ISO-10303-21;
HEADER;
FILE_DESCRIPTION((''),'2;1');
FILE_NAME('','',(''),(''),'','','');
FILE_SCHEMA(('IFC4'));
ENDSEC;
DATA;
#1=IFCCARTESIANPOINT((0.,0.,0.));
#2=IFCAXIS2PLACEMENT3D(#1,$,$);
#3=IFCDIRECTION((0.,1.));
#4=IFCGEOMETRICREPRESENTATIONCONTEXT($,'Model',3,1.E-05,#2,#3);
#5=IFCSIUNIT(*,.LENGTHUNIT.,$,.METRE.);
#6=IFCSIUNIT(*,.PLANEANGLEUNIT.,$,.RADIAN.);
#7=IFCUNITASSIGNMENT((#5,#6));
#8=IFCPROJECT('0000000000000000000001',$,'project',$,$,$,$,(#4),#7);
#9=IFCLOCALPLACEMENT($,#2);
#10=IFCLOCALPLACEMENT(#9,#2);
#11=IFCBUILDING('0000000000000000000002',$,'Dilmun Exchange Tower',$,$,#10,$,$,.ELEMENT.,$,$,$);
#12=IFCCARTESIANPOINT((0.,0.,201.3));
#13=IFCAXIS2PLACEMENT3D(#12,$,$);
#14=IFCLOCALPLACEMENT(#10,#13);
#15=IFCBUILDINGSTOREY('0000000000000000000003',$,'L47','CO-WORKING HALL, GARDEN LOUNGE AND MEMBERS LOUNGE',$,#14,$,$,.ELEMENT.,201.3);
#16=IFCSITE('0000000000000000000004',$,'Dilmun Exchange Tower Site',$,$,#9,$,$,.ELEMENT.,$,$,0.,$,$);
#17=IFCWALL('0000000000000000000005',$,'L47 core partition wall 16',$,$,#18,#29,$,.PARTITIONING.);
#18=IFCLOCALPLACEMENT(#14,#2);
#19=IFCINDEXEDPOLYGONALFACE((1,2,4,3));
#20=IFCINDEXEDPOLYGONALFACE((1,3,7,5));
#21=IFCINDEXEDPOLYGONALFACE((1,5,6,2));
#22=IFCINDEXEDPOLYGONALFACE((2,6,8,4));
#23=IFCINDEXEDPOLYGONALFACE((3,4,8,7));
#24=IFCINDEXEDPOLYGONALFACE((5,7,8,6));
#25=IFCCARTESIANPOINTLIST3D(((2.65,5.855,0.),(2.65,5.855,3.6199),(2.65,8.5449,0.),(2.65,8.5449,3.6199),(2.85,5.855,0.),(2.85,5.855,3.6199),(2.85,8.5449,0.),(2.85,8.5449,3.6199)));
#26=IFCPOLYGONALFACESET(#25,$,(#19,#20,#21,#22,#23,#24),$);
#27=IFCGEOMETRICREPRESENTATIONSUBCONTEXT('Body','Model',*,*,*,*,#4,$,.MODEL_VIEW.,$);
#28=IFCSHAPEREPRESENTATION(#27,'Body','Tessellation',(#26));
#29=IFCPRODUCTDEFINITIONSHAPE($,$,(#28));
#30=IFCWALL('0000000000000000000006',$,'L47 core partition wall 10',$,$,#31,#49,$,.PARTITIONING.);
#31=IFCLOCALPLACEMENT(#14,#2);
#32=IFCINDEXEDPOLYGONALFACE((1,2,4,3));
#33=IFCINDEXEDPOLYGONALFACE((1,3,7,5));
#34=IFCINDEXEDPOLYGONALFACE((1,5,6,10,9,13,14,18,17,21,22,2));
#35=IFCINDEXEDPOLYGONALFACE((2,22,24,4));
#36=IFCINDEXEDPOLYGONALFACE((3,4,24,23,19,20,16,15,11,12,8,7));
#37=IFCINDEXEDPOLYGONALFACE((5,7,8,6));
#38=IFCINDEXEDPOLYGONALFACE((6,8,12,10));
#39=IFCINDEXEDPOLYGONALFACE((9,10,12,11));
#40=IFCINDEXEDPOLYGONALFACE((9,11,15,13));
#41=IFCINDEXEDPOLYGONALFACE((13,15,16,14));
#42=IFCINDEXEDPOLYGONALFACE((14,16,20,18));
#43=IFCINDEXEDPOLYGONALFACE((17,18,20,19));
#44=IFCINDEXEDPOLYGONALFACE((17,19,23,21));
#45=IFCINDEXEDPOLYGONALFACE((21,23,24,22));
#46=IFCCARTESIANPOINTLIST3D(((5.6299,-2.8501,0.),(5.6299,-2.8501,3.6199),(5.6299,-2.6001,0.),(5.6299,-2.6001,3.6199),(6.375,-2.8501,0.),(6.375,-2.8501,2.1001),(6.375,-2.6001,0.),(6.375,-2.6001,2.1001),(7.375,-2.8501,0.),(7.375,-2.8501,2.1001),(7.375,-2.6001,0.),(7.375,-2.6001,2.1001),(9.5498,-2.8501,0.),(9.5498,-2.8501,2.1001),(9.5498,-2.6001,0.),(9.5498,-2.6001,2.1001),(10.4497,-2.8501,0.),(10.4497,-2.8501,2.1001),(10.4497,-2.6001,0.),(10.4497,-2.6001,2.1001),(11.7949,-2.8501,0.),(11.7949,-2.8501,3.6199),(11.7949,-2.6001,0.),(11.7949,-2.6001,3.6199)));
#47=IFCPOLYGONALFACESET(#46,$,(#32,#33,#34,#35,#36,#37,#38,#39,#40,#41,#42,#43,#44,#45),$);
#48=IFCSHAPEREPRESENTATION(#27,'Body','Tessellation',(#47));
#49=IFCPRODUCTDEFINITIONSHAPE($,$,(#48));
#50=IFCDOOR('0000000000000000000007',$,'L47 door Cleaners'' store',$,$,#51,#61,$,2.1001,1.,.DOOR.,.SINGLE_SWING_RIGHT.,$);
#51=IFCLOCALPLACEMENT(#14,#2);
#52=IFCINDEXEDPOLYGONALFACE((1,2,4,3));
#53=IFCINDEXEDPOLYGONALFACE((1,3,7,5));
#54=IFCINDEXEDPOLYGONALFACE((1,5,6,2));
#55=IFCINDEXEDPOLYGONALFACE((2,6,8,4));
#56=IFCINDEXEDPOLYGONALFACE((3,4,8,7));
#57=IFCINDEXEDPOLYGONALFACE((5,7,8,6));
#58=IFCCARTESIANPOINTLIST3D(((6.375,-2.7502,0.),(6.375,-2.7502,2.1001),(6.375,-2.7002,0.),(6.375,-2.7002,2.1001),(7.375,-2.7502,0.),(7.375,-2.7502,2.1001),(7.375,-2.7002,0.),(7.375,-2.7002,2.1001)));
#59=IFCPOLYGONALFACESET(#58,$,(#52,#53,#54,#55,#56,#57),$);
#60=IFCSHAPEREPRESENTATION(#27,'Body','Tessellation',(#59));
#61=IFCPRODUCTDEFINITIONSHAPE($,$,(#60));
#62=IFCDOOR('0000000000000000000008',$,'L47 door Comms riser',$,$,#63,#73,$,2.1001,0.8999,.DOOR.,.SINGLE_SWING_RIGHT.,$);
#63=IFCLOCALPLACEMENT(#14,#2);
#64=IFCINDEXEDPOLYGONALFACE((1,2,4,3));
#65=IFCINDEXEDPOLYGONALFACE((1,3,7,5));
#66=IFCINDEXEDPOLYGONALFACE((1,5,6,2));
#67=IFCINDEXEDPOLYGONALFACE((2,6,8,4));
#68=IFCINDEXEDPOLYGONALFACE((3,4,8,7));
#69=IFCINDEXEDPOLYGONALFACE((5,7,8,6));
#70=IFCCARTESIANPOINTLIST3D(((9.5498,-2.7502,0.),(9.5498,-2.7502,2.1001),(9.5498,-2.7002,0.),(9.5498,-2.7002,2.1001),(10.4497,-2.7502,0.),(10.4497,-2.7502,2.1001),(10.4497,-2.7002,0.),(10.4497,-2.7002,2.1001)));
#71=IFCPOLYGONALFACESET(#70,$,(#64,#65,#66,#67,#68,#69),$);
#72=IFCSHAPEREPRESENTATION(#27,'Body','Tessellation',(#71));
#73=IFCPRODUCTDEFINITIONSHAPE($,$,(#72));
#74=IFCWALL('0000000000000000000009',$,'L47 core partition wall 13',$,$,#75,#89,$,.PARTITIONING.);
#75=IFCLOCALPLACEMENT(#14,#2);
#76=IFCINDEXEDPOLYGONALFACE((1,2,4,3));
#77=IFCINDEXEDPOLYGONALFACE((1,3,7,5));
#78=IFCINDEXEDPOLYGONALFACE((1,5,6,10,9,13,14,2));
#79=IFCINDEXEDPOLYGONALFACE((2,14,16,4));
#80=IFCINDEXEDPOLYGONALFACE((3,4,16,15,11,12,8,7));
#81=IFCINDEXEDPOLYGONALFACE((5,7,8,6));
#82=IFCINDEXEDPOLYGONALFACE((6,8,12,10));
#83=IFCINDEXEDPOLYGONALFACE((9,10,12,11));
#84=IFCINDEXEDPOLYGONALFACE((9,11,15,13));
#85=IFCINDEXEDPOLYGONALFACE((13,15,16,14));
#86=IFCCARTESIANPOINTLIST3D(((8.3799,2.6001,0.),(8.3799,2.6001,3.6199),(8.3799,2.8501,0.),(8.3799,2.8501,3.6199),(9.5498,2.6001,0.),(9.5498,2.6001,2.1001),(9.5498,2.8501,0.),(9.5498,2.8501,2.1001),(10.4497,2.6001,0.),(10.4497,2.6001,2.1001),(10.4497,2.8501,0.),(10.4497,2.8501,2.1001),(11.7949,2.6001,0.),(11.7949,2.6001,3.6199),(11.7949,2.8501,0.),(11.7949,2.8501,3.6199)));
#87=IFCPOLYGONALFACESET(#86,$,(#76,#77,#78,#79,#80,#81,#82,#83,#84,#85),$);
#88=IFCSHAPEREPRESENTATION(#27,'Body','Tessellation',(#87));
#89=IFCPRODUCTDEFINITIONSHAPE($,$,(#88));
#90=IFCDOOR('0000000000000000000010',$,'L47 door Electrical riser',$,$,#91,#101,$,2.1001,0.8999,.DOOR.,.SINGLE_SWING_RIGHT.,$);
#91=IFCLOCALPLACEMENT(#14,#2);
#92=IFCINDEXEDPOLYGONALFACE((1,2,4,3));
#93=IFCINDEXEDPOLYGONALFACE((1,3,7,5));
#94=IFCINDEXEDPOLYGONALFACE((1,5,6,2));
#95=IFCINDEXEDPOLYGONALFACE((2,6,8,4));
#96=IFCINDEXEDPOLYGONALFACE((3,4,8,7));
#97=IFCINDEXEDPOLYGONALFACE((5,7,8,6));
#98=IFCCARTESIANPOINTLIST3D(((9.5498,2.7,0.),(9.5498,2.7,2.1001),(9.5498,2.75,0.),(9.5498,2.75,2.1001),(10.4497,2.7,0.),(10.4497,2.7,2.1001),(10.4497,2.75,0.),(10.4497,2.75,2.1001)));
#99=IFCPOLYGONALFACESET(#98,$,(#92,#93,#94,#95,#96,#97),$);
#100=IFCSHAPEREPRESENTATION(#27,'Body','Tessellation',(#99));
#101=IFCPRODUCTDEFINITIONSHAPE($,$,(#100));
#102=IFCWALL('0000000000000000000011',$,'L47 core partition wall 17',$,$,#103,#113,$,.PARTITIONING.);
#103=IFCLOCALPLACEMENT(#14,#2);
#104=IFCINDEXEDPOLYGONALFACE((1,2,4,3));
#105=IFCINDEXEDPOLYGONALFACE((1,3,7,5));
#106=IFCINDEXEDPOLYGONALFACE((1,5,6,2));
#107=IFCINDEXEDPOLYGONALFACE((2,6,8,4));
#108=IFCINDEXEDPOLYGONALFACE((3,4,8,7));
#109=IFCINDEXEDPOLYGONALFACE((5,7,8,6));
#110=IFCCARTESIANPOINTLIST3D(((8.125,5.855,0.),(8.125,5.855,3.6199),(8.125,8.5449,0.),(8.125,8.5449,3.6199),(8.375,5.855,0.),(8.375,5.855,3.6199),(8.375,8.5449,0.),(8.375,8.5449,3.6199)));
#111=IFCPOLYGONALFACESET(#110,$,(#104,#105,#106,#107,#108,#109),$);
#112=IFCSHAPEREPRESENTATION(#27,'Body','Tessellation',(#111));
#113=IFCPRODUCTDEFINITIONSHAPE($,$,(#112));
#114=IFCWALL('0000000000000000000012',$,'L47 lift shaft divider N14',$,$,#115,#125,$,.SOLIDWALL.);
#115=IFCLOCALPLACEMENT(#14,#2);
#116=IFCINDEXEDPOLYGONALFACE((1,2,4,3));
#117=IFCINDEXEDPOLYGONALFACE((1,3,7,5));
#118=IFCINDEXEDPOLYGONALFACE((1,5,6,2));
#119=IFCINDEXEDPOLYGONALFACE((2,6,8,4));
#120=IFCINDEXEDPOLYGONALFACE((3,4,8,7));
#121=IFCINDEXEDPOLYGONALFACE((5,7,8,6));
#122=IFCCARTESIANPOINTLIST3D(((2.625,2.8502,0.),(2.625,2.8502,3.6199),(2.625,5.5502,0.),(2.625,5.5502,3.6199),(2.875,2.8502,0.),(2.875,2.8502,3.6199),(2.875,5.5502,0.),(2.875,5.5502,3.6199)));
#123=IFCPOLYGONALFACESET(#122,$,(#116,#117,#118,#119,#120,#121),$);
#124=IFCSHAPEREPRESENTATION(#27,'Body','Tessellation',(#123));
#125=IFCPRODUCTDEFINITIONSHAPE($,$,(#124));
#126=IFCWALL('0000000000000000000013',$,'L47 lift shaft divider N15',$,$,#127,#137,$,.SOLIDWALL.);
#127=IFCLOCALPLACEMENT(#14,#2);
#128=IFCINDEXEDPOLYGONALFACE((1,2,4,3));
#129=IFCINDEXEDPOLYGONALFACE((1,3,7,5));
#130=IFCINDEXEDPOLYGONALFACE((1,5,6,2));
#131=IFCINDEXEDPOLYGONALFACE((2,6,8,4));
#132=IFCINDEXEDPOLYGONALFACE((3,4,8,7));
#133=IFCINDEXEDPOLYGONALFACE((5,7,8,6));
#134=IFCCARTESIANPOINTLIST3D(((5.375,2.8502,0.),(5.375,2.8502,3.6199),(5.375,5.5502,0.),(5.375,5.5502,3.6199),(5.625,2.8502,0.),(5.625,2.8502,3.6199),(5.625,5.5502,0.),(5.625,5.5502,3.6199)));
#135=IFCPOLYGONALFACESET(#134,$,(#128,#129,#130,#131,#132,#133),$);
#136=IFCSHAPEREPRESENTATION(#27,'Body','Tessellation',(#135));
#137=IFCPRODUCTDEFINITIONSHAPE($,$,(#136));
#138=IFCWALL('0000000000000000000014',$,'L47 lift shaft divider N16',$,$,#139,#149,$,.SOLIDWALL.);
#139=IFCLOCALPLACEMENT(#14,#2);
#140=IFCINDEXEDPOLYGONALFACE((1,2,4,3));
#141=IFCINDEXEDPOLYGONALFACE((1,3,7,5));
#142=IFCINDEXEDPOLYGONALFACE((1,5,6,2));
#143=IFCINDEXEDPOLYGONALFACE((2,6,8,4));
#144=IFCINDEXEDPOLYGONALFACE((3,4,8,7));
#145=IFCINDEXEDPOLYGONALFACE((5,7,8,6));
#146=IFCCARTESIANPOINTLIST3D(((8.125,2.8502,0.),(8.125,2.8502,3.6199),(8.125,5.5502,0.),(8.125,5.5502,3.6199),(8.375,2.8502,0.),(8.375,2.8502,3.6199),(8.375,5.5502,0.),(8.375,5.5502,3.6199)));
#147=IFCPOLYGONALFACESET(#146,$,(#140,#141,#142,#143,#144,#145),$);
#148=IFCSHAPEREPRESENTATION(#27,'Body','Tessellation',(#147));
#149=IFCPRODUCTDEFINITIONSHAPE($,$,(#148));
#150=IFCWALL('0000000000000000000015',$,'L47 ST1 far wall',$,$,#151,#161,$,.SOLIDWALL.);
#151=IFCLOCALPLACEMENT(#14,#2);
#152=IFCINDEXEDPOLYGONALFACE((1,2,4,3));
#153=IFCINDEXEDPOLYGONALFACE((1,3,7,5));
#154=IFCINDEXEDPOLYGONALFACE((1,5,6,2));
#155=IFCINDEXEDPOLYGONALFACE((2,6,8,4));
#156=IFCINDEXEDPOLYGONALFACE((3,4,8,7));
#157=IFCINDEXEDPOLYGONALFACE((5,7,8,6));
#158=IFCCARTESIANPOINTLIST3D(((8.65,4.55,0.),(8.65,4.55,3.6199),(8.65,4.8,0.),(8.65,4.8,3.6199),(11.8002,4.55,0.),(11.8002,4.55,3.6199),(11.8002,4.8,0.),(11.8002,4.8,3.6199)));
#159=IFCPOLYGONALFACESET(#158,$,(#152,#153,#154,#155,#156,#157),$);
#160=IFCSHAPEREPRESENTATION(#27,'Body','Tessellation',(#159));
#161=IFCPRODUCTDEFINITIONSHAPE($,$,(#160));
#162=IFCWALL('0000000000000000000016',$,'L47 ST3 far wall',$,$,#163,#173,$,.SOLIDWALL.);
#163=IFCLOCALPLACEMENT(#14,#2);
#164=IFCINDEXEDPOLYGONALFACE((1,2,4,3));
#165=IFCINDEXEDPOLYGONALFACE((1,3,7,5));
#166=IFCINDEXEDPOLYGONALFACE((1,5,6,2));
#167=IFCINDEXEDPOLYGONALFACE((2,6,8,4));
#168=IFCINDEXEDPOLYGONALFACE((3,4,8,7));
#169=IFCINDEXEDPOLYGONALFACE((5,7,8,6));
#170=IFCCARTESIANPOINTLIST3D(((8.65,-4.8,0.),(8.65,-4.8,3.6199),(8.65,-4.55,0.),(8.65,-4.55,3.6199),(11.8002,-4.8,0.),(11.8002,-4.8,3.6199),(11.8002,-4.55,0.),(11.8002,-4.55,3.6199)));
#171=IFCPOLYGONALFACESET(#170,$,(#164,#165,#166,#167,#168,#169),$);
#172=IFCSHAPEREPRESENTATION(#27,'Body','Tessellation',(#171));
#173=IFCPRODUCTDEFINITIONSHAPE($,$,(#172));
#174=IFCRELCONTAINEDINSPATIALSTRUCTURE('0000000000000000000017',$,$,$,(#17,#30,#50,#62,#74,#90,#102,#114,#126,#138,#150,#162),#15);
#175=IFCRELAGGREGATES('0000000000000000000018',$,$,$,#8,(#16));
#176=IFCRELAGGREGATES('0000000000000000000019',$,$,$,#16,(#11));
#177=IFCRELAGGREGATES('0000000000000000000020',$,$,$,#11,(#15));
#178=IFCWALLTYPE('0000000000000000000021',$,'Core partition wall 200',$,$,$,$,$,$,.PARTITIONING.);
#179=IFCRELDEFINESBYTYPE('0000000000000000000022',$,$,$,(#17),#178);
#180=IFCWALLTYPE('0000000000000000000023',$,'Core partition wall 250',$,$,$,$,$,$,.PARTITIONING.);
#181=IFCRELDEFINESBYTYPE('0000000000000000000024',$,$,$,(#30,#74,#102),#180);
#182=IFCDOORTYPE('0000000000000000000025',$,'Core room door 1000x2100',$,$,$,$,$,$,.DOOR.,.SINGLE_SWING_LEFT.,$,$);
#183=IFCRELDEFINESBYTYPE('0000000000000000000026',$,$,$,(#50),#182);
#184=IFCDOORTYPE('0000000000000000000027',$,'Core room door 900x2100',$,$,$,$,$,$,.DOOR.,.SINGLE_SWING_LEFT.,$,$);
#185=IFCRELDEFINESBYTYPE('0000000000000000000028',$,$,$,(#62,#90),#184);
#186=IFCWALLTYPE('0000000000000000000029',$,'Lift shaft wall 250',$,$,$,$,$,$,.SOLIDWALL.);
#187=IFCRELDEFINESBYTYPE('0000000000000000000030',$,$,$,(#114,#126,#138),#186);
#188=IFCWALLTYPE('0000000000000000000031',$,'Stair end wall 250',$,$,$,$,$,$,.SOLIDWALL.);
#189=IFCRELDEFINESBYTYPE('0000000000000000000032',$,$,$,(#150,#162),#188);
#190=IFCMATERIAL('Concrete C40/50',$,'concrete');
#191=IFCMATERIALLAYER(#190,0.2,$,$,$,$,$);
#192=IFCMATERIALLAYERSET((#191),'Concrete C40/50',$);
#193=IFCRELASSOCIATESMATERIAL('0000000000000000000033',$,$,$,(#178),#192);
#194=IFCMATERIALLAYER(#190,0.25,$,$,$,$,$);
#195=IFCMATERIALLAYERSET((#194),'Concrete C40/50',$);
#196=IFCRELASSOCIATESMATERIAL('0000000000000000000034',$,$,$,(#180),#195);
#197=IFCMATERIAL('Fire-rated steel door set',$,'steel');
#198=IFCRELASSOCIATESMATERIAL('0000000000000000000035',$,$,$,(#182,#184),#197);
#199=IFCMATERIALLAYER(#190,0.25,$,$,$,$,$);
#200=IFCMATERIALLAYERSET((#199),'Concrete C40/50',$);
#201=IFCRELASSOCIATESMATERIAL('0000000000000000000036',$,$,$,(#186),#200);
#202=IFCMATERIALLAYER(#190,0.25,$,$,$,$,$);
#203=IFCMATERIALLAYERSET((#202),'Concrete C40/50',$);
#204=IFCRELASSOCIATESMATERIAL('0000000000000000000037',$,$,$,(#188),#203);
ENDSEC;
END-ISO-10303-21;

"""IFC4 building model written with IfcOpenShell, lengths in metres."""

from ifc_helpers import new_model, si_unit, direction, frame, frame_2d, origin, place, context, subcontext, project, spatial, rectangle, extrude, material, layer, layer_set, type_object, element, fill, save


model = new_model("IFC4")

# Units and contexts
model_context = context("Model", 3, precision=1e-05, world=origin(), true_north=direction((0.0, 1.0)))
body_context = subcontext(model_context, "Body", "Model", "MODEL_VIEW")
ifc_project = project(units=[si_unit("LENGTHUNIT", "METRE"), si_unit("PLANEANGLEUNIT", "RADIAN")], contexts=[model_context])

# Site, building, storey
site_placement = place(None, origin())
site = spatial("IfcSite", under=ifc_project, at=site_placement, Name="Dilmun Exchange Tower Site", CompositionType="ELEMENT", RefElevation=0.0)
building_placement = place(site_placement, origin())
building = spatial("IfcBuilding", under=site, at=building_placement, Name="Dilmun Exchange Tower", CompositionType="ELEMENT")
storey_placement = place(building_placement, frame((0.0, 0.0, 201.3)))
storey = spatial("IfcBuildingStorey", under=building, at=storey_placement, Name="L47", Description="CO-WORKING HALL, GARDEN LOUNGE AND MEMBERS LOUNGE", CompositionType="ELEMENT", Elevation=201.3)

# Shared definitions
ifc_material_1 = material(Name="Concrete C40/50", Category="concrete")
ifc_layer_1 = layer(ifc_material_1, 0.2)
ifc_layer_set_1 = layer_set([ifc_layer_1], Name="Concrete C40/50")
wall_type_1 = type_object("IfcWallType", Name="Core partition wall 200", PredefinedType="PARTITIONING", material=ifc_layer_set_1)
ifc_material_2 = material(Name="Fire-rated steel door set", Category="steel")

# Wall
wall_1_placement = place(storey_placement, frame((2.75, 5.855, 0.0), z_axis=(0.0, 0.0, 1.0), x_axis=(0.0, 1.0, 0.0)))
element("IfcWall", 1, at=wall_1_placement, inside=storey, type_object=wall_type_1, Name="L47 core partition wall 16", PredefinedType="PARTITIONING", context=body_context, shape_type="SweptSolid", body=[
    extrude(rectangle(XDim=2.6899, YDim=0.2, at=frame_2d((1.345, 0.0))), origin(), (0.0, 0.0, 1.0), 3.6199),
])

# Wall, openings, doors
ifc_layer_2 = layer(ifc_material_1, 0.25)
ifc_layer_set_2 = layer_set([ifc_layer_2], Name="Concrete C40/50")
wall_type_2 = type_object("IfcWallType", Name="Core partition wall 250", PredefinedType="PARTITIONING", material=ifc_layer_set_2)
wall_2_placement = place(storey_placement, frame((5.6299, -2.7251, 0.0), z_axis=(0.0, 0.0, 1.0), x_axis=(1.0, 0.0, 0.0)))
wall_2 = element("IfcWall", 2, at=wall_2_placement, inside=storey, type_object=wall_type_2, Name="L47 core partition wall 10", PredefinedType="PARTITIONING", context=body_context, shape_type="SweptSolid", body=[
    extrude(rectangle(XDim=6.165, YDim=0.25, at=frame_2d((3.0825, 0.0))), origin(), (0.0, 0.0, 1.0), 3.6199),
])
opening_1_placement = place(wall_2_placement, frame((0.7451, 0.0, 0.0)))
opening_1 = element("IfcOpeningElement", 3, at=opening_1_placement, cuts=wall_2, PredefinedType="OPENING", context=body_context, shape_type="SweptSolid", body=[
    extrude(rectangle(XDim=1.0, YDim=2.1001, at=frame_2d((0.5, 1.05))), frame((0.0, 0.135, 0.0), z_axis=(0.0, -1.0, 0.0), x_axis=(1.0, 0.0, 0.0)), (0.0, 0.0, 1.0), 0.27),
])
opening_2_placement = place(wall_2_placement, frame((3.9199, 0.0, 0.0)))
opening_2 = element("IfcOpeningElement", 4, at=opening_2_placement, cuts=wall_2, PredefinedType="OPENING", context=body_context, shape_type="SweptSolid", body=[
    extrude(rectangle(XDim=0.8999, YDim=2.1001, at=frame_2d((0.45, 1.05))), frame((0.0, 0.135, 0.0), z_axis=(0.0, -1.0, 0.0), x_axis=(1.0, 0.0, 0.0)), (0.0, 0.0, 1.0), 0.27),
])
door_type_1 = type_object("IfcDoorType", Name="Core room door 1000x2100", OperationType="SINGLE_SWING_LEFT", PredefinedType="DOOR", material=ifc_material_2)
door_1_placement = place(opening_1_placement, origin())
door_1 = element("IfcDoor", 5, at=door_1_placement, inside=storey, type_object=door_type_1, Name="L47 door Cleaners' store", OperationType="SINGLE_SWING_RIGHT", OverallHeight=2.1001, OverallWidth=1.0, PredefinedType="DOOR", context=body_context, shape_type="SweptSolid", body=[
    extrude(rectangle(XDim=1.0, YDim=2.1001, at=frame_2d((0.5, 1.05))), frame((0.0, 0.0249, 0.0), z_axis=(0.0, -1.0, 0.0), x_axis=(1.0, 0.0, 0.0)), (0.0, 0.0, 1.0), 0.05),
])
fill(opening_1, door_1)
door_type_2 = type_object("IfcDoorType", Name="Core room door 900x2100", OperationType="SINGLE_SWING_LEFT", PredefinedType="DOOR", material=ifc_material_2)
door_2_placement = place(opening_2_placement, origin())
door_2 = element("IfcDoor", 6, at=door_2_placement, inside=storey, type_object=door_type_2, Name="L47 door Comms riser", OperationType="SINGLE_SWING_RIGHT", OverallHeight=2.1001, OverallWidth=0.8999, PredefinedType="DOOR", context=body_context, shape_type="SweptSolid", body=[
    extrude(rectangle(XDim=0.8999, YDim=2.1001, at=frame_2d((0.45, 1.05))), frame((0.0, 0.0249, 0.0), z_axis=(0.0, -1.0, 0.0), x_axis=(1.0, 0.0, 0.0)), (0.0, 0.0, 1.0), 0.05),
])
fill(opening_2, door_2)

# Wall, opening, door
wall_3_placement = place(storey_placement, frame((8.3799, 2.7251, 0.0), z_axis=(0.0, 0.0, 1.0), x_axis=(1.0, 0.0, 0.0)))
wall_3 = element("IfcWall", 7, at=wall_3_placement, inside=storey, type_object=wall_type_2, Name="L47 core partition wall 13", PredefinedType="PARTITIONING", context=body_context, shape_type="SweptSolid", body=[
    extrude(rectangle(XDim=3.415, YDim=0.25, at=frame_2d((1.7075, 0.0))), origin(), (0.0, 0.0, 1.0), 3.6199),
])
opening_3_placement = place(wall_3_placement, frame((1.1699, 0.0, 0.0)))
opening_3 = element("IfcOpeningElement", 8, at=opening_3_placement, cuts=wall_3, PredefinedType="OPENING", context=body_context, shape_type="SweptSolid", body=[
    extrude(rectangle(XDim=0.8999, YDim=2.1001, at=frame_2d((0.45, 1.05))), frame((0.0, 0.135, 0.0), z_axis=(0.0, -1.0, 0.0), x_axis=(1.0, 0.0, 0.0)), (0.0, 0.0, 1.0), 0.27),
])
door_3_placement = place(opening_3_placement, origin())
door_3 = element("IfcDoor", 9, at=door_3_placement, inside=storey, type_object=door_type_2, Name="L47 door Electrical riser", OperationType="SINGLE_SWING_RIGHT", OverallHeight=2.1001, OverallWidth=0.8999, PredefinedType="DOOR", context=body_context, shape_type="SweptSolid", body=[
    extrude(rectangle(XDim=0.8999, YDim=2.1001, at=frame_2d((0.45, 1.05))), frame((0.0, 0.0249, 0.0), z_axis=(0.0, -1.0, 0.0), x_axis=(1.0, 0.0, 0.0)), (0.0, 0.0, 1.0), 0.05),
])
fill(opening_3, door_3)

# Walls
wall_4_placement = place(storey_placement, frame((8.25, 5.855, 0.0), z_axis=(0.0, 0.0, 1.0), x_axis=(0.0, 1.0, 0.0)))
element("IfcWall", 10, at=wall_4_placement, inside=storey, type_object=wall_type_2, Name="L47 core partition wall 17", PredefinedType="PARTITIONING", context=body_context, shape_type="SweptSolid", body=[
    extrude(rectangle(XDim=2.6899, YDim=0.25, at=frame_2d((1.345, 0.0))), origin(), (0.0, 0.0, 1.0), 3.6199),
])
ifc_layer_3 = layer(ifc_material_1, 0.25)
ifc_layer_set_3 = layer_set([ifc_layer_3], Name="Concrete C40/50")
wall_type_3 = type_object("IfcWallType", Name="Lift shaft wall 250", PredefinedType="SOLIDWALL", material=ifc_layer_set_3)
for number, where, z_axis, x_axis, name in (
    (11, (2.75, 2.8501, 0.0), (0.0, 0.0, 1.0), (0.0, 1.0, 0.0), "L47 lift shaft divider N14"),
    (12, (5.5, 2.8501, 0.0), (0.0, 0.0, 1.0), (0.0, 1.0, 0.0), "L47 lift shaft divider N15"),
    (13, (8.25, 2.8501, 0.0), (0.0, 0.0, 1.0), (0.0, 1.0, 0.0), "L47 lift shaft divider N16"),
):
    element("IfcWall", number, at=place(storey_placement, frame(where, z_axis=z_axis, x_axis=x_axis)), inside=storey, type_object=wall_type_3, Name=name, PredefinedType="SOLIDWALL", context=body_context, shape_type="SweptSolid", body=[
        extrude(rectangle(XDim=2.7, YDim=0.25, at=frame_2d((1.3501, 0.0))), origin(), (0.0, 0.0, 1.0), 3.6199),
    ])
ifc_layer_4 = layer(ifc_material_1, 0.25)
ifc_layer_set_4 = layer_set([ifc_layer_4], Name="Concrete C40/50")
wall_type_4 = type_object("IfcWallType", Name="Stair end wall 250", PredefinedType="SOLIDWALL", material=ifc_layer_set_4)
for number, where, z_axis, x_axis, name in (
    (14, (8.6499, 4.675, 0.0), (0.0, 0.0, 1.0), (1.0, 0.0, 0.0), "L47 ST1 far wall"),
    (15, (8.6499, -4.675, 0.0), (0.0, 0.0, 1.0), (1.0, 0.0, 0.0), "L47 ST3 far wall"),
):
    element("IfcWall", number, at=place(storey_placement, frame(where, z_axis=z_axis, x_axis=x_axis)), inside=storey, type_object=wall_type_4, Name=name, PredefinedType="SOLIDWALL", context=body_context, shape_type="SweptSolid", body=[
        extrude(rectangle(XDim=3.1501, YDim=0.25, at=frame_2d((1.5752, 0.0))), origin(), (0.0, 0.0, 1.0), 3.6199),
    ])

save(model, "model.ifc")
